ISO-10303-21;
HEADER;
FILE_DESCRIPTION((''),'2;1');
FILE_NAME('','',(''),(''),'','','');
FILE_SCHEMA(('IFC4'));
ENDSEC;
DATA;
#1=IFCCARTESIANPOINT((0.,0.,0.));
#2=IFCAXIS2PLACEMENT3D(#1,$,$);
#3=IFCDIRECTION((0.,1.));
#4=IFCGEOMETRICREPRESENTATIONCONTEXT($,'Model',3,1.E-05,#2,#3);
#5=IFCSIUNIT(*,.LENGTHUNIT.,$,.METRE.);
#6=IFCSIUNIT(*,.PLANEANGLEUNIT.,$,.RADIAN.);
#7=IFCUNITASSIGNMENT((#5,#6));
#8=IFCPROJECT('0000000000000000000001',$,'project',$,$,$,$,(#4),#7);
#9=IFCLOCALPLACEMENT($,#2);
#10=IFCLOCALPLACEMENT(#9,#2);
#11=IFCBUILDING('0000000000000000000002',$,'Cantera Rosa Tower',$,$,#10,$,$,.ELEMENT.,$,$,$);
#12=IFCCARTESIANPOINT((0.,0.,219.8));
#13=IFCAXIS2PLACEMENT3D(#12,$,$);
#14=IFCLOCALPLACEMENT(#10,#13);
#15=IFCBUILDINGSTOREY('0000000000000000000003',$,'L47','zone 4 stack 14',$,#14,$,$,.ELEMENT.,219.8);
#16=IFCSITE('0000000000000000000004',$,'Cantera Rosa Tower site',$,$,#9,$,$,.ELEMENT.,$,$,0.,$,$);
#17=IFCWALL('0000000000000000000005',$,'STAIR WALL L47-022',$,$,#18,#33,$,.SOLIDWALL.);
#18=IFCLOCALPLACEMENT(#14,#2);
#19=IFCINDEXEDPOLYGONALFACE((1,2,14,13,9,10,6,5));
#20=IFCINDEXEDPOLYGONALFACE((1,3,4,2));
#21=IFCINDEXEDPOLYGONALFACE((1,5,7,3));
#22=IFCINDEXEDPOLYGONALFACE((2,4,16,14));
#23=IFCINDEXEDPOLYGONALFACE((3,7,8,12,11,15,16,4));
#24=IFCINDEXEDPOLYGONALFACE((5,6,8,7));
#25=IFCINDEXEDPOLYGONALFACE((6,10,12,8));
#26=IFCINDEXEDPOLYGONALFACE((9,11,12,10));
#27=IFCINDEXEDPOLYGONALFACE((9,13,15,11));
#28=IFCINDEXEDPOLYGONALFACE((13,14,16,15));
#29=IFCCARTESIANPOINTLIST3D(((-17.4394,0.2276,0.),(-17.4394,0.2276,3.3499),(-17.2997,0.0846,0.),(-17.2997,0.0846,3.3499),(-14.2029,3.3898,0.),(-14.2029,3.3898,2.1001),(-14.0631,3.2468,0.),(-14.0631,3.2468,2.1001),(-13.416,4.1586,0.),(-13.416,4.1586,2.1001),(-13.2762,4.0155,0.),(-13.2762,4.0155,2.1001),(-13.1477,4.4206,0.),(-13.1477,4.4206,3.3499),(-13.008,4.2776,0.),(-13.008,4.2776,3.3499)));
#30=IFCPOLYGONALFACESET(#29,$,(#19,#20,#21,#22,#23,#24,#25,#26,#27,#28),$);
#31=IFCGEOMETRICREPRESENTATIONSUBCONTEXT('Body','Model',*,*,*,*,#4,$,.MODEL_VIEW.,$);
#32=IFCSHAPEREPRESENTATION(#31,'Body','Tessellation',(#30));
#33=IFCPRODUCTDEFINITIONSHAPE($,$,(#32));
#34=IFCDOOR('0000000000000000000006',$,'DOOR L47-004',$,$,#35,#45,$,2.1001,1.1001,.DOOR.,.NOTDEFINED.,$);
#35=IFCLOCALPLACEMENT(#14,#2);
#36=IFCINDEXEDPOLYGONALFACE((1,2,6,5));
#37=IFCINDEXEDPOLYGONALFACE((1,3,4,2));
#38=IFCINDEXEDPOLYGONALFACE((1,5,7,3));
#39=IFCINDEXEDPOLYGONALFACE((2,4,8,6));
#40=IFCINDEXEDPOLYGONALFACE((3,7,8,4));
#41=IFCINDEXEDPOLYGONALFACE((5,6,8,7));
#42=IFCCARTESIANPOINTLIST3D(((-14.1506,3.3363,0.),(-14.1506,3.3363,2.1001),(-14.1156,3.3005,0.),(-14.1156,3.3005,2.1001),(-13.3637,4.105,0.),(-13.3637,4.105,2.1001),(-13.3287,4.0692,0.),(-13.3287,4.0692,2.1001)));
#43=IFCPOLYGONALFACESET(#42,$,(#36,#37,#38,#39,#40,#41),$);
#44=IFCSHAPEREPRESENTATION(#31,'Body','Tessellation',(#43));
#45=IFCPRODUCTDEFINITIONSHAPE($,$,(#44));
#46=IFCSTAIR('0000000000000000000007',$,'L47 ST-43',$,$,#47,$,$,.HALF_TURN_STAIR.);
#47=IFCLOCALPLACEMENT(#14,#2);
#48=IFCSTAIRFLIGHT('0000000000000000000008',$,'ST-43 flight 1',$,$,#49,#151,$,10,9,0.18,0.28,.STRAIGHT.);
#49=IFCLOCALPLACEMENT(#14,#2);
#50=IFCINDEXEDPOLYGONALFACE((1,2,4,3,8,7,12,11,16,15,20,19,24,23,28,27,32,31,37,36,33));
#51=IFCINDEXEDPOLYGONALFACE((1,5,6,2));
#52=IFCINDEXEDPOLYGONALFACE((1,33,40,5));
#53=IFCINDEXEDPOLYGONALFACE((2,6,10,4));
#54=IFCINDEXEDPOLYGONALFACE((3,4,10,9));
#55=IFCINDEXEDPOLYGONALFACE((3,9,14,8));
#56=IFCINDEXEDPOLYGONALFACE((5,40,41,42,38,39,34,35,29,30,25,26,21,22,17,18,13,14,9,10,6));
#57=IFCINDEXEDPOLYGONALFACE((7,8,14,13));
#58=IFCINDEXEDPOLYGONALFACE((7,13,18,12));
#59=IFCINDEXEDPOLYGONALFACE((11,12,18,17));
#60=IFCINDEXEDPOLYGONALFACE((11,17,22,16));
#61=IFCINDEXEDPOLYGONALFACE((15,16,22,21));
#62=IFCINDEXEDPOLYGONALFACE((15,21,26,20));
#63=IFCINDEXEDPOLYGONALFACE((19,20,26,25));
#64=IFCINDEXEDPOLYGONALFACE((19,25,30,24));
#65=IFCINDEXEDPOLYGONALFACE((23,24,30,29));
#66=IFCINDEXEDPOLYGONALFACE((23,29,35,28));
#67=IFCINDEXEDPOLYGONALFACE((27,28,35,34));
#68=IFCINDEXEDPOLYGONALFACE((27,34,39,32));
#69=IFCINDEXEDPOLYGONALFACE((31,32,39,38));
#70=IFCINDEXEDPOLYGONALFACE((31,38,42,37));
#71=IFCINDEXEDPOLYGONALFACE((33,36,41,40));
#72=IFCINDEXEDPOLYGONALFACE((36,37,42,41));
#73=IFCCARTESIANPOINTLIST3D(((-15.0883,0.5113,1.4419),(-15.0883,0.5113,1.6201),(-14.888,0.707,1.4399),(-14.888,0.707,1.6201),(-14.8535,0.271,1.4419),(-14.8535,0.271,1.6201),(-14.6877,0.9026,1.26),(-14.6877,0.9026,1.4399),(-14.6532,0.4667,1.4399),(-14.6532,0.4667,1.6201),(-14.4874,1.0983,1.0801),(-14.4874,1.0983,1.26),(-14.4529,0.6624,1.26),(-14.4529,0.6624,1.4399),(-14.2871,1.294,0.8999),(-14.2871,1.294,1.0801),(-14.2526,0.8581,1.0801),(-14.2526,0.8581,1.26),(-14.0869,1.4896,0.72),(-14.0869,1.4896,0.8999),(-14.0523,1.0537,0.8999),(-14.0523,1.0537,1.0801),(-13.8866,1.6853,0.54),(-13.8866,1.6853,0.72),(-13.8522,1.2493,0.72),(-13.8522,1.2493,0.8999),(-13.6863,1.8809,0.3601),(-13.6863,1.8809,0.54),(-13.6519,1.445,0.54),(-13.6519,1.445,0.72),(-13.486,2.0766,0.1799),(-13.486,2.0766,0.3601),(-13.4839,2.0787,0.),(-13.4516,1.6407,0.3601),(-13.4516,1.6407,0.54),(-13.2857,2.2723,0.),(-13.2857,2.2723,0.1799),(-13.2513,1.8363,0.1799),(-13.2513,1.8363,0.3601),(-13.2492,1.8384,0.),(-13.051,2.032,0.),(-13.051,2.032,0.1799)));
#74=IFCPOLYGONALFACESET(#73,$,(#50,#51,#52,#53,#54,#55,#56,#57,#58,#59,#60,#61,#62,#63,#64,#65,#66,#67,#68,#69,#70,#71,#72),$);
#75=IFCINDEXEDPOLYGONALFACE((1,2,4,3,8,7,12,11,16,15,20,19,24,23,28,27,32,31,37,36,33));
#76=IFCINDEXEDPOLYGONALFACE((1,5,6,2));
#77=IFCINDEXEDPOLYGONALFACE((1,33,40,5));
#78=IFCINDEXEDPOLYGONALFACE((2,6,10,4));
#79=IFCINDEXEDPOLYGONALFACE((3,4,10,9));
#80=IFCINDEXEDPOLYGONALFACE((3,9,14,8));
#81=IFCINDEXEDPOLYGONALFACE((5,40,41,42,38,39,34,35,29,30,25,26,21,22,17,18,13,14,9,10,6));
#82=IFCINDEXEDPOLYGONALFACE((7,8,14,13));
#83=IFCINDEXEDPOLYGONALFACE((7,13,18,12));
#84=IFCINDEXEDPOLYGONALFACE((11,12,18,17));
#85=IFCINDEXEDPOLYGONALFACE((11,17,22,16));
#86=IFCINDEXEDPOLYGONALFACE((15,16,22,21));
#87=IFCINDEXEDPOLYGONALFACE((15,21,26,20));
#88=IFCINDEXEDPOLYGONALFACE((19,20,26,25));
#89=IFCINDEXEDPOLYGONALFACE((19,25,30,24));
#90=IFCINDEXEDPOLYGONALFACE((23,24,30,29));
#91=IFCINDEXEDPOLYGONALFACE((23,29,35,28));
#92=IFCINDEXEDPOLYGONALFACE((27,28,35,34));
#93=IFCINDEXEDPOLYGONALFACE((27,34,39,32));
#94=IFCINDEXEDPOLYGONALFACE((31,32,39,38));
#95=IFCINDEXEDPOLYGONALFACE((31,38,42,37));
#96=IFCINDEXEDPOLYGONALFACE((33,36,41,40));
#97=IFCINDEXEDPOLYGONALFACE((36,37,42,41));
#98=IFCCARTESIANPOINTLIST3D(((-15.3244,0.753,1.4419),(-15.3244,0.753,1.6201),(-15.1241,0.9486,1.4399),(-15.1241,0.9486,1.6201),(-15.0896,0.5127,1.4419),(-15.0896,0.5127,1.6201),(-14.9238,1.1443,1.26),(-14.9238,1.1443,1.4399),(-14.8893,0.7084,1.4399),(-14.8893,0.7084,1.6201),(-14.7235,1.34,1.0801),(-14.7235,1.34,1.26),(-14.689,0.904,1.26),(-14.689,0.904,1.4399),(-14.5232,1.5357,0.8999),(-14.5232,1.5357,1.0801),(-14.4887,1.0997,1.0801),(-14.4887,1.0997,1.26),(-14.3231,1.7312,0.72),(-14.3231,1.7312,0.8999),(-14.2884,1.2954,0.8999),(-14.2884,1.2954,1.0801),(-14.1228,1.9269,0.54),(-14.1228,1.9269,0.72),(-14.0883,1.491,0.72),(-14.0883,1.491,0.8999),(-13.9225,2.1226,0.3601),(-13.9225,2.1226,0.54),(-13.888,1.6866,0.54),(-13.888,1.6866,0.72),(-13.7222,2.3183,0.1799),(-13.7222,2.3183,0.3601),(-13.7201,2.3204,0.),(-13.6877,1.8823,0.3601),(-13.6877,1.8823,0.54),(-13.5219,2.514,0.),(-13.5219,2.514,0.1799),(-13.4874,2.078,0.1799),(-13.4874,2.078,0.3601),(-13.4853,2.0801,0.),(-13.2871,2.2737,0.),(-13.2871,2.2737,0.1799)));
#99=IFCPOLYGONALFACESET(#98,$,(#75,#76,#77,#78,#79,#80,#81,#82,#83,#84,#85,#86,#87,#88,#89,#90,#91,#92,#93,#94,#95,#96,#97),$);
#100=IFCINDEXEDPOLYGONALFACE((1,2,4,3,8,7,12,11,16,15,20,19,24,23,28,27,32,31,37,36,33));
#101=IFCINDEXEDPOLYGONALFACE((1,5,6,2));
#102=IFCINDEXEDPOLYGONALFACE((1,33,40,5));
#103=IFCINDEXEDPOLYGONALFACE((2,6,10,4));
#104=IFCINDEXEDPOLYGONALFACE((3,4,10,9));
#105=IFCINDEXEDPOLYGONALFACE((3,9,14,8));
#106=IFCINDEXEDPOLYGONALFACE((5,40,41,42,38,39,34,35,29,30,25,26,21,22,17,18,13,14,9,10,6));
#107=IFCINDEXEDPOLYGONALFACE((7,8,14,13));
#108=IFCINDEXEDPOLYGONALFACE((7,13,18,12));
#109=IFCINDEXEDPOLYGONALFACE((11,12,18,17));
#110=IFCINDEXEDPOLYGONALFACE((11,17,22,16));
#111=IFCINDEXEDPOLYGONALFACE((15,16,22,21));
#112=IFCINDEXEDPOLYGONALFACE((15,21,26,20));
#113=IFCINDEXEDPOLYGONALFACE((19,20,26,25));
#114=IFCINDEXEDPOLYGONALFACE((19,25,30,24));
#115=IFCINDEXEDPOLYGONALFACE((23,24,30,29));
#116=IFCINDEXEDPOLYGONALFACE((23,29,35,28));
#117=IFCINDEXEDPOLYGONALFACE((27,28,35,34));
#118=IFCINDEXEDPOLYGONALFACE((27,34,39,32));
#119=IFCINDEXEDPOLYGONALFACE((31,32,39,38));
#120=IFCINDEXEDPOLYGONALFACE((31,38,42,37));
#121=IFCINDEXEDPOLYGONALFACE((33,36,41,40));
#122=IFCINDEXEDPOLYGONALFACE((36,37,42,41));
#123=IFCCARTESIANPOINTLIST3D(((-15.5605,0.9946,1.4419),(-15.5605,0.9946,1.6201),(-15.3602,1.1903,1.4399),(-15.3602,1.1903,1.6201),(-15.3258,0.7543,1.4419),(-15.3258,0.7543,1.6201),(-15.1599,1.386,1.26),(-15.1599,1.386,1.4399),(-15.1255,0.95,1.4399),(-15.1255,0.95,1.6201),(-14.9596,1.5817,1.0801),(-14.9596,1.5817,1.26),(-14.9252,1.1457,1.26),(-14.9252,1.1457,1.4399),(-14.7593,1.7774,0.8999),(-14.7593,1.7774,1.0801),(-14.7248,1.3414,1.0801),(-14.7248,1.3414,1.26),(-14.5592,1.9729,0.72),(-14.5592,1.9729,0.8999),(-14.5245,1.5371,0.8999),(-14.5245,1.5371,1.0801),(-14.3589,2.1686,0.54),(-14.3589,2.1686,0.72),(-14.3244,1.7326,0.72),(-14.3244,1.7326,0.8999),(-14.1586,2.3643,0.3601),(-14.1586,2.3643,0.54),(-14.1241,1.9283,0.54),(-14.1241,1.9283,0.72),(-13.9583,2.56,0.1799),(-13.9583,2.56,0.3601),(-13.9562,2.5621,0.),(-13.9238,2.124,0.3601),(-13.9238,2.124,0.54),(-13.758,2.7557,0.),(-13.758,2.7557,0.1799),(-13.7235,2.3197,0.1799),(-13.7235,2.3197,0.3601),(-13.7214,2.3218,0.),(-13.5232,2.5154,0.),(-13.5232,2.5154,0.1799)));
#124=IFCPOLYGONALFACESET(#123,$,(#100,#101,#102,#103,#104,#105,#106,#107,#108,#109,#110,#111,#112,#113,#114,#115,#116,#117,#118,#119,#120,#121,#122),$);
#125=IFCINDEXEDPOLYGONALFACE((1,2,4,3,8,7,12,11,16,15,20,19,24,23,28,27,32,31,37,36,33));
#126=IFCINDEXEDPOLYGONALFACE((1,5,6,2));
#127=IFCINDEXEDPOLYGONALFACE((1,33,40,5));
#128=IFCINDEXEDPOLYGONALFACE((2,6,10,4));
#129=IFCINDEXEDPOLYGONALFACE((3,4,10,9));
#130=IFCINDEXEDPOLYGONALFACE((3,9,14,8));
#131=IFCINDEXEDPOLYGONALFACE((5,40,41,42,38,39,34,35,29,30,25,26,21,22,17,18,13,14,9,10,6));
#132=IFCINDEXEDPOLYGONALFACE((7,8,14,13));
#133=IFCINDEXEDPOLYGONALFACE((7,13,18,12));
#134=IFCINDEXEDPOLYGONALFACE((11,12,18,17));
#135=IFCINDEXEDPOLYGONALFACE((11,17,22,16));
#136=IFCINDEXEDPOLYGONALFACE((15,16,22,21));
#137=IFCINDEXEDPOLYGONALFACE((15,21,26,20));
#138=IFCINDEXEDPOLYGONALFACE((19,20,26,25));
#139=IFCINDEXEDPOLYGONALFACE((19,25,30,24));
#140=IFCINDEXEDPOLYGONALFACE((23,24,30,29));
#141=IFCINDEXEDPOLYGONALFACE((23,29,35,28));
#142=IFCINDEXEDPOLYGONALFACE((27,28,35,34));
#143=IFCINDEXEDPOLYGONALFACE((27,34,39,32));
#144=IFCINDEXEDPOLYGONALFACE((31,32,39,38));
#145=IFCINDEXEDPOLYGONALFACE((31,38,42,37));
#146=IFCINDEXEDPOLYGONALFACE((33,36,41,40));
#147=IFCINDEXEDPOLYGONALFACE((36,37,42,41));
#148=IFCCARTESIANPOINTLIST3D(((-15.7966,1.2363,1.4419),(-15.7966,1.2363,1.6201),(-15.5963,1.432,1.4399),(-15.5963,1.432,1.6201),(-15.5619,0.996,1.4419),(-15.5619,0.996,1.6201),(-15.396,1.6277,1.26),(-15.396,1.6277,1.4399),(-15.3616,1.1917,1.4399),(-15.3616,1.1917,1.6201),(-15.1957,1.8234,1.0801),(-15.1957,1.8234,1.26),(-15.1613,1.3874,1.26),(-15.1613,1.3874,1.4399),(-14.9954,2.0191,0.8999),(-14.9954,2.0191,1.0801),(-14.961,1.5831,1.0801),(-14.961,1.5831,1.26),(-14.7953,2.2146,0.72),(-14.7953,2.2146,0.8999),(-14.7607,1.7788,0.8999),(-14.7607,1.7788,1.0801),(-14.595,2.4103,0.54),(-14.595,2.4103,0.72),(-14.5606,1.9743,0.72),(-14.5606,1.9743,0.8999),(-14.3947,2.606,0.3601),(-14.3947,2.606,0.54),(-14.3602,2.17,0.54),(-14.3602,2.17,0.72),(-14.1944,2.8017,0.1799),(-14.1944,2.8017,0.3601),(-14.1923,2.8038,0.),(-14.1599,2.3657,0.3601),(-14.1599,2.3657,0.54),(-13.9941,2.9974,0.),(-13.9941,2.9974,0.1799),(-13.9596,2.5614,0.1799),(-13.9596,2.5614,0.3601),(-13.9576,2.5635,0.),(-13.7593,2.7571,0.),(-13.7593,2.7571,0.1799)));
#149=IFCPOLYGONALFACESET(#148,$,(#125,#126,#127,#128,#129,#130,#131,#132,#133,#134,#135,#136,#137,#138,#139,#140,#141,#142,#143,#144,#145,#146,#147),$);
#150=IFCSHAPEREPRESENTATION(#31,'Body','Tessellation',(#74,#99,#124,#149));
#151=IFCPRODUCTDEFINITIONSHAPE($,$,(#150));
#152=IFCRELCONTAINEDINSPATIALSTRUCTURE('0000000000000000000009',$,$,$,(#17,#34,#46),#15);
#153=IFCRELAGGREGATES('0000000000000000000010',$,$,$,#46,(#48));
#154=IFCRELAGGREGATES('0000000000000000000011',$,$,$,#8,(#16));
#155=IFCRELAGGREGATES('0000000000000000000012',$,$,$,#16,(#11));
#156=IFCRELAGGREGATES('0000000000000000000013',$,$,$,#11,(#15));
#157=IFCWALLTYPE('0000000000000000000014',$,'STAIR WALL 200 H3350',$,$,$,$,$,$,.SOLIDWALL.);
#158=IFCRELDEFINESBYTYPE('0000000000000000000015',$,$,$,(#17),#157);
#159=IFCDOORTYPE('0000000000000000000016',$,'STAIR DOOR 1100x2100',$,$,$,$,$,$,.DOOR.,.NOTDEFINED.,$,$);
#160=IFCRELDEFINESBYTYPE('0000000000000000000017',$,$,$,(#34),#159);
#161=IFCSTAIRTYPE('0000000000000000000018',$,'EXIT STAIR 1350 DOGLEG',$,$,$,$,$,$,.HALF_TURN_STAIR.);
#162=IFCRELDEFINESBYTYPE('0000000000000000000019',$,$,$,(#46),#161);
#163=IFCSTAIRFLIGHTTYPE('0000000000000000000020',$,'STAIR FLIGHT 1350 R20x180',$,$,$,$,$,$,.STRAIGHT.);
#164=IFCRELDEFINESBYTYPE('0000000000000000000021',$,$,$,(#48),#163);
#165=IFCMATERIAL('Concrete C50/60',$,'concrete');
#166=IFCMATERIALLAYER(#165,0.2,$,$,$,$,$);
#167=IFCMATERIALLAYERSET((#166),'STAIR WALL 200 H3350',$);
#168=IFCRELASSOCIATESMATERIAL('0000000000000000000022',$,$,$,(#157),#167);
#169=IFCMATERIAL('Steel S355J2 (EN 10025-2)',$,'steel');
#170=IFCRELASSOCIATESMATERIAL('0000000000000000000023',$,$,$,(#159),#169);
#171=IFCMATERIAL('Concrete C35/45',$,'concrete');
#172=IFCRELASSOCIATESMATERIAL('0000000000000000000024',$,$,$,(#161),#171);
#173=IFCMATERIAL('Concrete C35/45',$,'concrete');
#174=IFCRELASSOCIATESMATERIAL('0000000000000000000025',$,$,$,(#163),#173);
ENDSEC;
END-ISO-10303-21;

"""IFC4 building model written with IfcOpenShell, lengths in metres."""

from ifc_helpers import new_model, si_unit, direction, frame, frame_2d, origin, place, context, subcontext, project, spatial, polyline, rectangle, outline, extrude, material, layer, layer_set, type_object, element, fill, aggregate, save


model = new_model("IFC4")

# Units and contexts
model_context = context("Model", 3, precision=1e-05, world=origin(), true_north=direction((0.0, 1.0)))
body_context = subcontext(model_context, "Body", "Model", "MODEL_VIEW")
ifc_project = project(units=[si_unit("LENGTHUNIT", "METRE"), si_unit("PLANEANGLEUNIT", "RADIAN")], contexts=[model_context])

# Site, building, storey
site_placement = place(None, origin())
site = spatial("IfcSite", under=ifc_project, at=site_placement, Name="Cantera Rosa Tower site", CompositionType="ELEMENT", RefElevation=0.0)
building_placement = place(site_placement, origin())
building = spatial("IfcBuilding", under=site, at=building_placement, Name="Cantera Rosa Tower", CompositionType="ELEMENT")
storey_placement = place(building_placement, frame((0.0, 0.0, 219.8)))
storey = spatial("IfcBuildingStorey", under=building, at=storey_placement, Name="L47", Description="zone 4 stack 14", CompositionType="ELEMENT", Elevation=219.8)

# Wall, opening, door
ifc_material_1 = material(Name="Concrete C50/60", Category="concrete")
ifc_layer_1 = layer(ifc_material_1, 0.2)
ifc_layer_set_1 = layer_set([ifc_layer_1], Name="STAIR WALL 200 H3350")
wall_type_1 = type_object("IfcWallType", Name="STAIR WALL 200 H3350", PredefinedType="SOLIDWALL", material=ifc_layer_set_1)
wall_1_placement = place(storey_placement, frame((-13.0779, 4.3491, 0.0), z_axis=(0.0, 0.0, 1.0), x_axis=(-0.715278, -0.69884, 0.0)))
wall_1 = element("IfcWall", 1, at=wall_1_placement, inside=storey, type_object=wall_type_1, Name="STAIR WALL L47-022", PredefinedType="SOLIDWALL", context=body_context, shape_type="SweptSolid", body=[
    extrude(rectangle(XDim=6.0, YDim=0.2, at=frame_2d((3.0, 0.0))), origin(), (0.0, 0.0, 1.0), 3.3499),
])
opening_1_placement = place(wall_1_placement, frame((0.375, 0.0, 0.0)))
opening_1 = element("IfcOpeningElement", 2, at=opening_1_placement, cuts=wall_1, PredefinedType="OPENING", context=body_context, shape_type="SweptSolid", body=[
    extrude(rectangle(XDim=1.1001, YDim=2.1001, at=frame_2d((0.55, 1.05))), frame((0.0, 0.1099, 0.0), z_axis=(0.0, -1.0, 0.0), x_axis=(1.0, 0.0, 0.0)), (0.0, 0.0, 1.0), 0.22),
])
ifc_material_2 = material(Name="Steel S355J2 (EN 10025-2)", Category="steel")
door_type_1 = type_object("IfcDoorType", Name="STAIR DOOR 1100x2100", OperationType="NOTDEFINED", PredefinedType="DOOR", material=ifc_material_2)
door_1_placement = place(opening_1_placement, origin())
door_1 = element("IfcDoor", 3, at=door_1_placement, inside=storey, type_object=door_type_1, Name="DOOR L47-004", OperationType="NOTDEFINED", OverallHeight=2.1001, OverallWidth=1.1001, PredefinedType="DOOR", context=body_context, shape_type="SweptSolid", body=[
    extrude(rectangle(XDim=1.1001, YDim=2.1001, at=frame_2d((0.55, 1.05))), frame((0.0, 0.0249, 0.0), z_axis=(0.0, -1.0, 0.0), x_axis=(1.0, 0.0, 0.0)), (0.0, 0.0, 1.0), 0.05),
])
fill(opening_1, door_1)

# Stair, stair flight
ifc_material_3 = material(Name="Concrete C35/45", Category="concrete")
stair_type = type_object("IfcStairType", Name="EXIT STAIR 1350 DOGLEG", PredefinedType="HALF_TURN_STAIR", material=ifc_material_3)
stair_placement = place(storey_placement, origin())
stair = element("IfcStair", 4, at=stair_placement, inside=storey, type_object=stair_type, Name="L47 ST-43", PredefinedType="HALF_TURN_STAIR")
ifc_material_4 = material(Name="Concrete C35/45", Category="concrete")
stair_flight_type = type_object("IfcStairFlightType", Name="STAIR FLIGHT 1350 R20x180", PredefinedType="STRAIGHT", material=ifc_material_4)
stair_flight_placement = place(storey_placement, frame((-13.5227, 2.5149, 0.0), z_axis=(0.0, 0.0, 1.0), x_axis=(-0.715286, -0.698832, 0.0)))
stair_flight = element("IfcStairFlight", 5, at=stair_flight_placement, type_object=stair_flight_type, Name="ST-43 flight 1", NumberOfRisers=10, NumberOfTreads=9, PredefinedType="STRAIGHT", RiserHeight=0.18, TreadLength=0.28, context=body_context, shape_type="SweptSolid", body=[
    extrude(outline(polyline([(0.0, 0.0), (0.0, 0.1799), (0.28, 0.1799), (0.28, 0.3601), (0.5601, 0.3601), (0.5601, 0.54), (0.8401, 0.54), (0.8401, 0.72), (1.1201, 0.72), (1.1201, 0.8999), (1.3999, 0.8999), (1.3999, 1.0801), (1.6799, 1.0801), (1.6799, 1.26), (1.96, 1.26), (1.96, 1.4399), (2.24, 1.4399), (2.24, 1.6201), (2.52, 1.6201), (2.52, 1.8), (2.52, 1.4419), (0.2771, 0.0), (0.0, 0.0)])), frame((0.0, 0.675, 0.0), z_axis=(0.0, -1.0, 0.0), x_axis=(1.0, 0.0, 0.0)), (0.0, 0.0, 1.0), 0.3359),
    extrude(outline(polyline([(0.0, 0.0), (0.0, 0.1799), (0.28, 0.1799), (0.28, 0.3601), (0.5601, 0.3601), (0.5601, 0.54), (0.8401, 0.54), (0.8401, 0.72), (1.1201, 0.72), (1.1201, 0.8999), (1.3999, 0.8999), (1.3999, 1.0801), (1.6799, 1.0801), (1.6799, 1.26), (1.96, 1.26), (1.96, 1.4399), (2.24, 1.4399), (2.24, 1.6201), (2.52, 1.6201), (2.52, 1.8), (2.52, 1.4419), (0.2771, 0.0), (0.0, 0.0)])), frame((0.0, 0.3372, 0.0), z_axis=(0.0, -1.0, 0.0), x_axis=(1.0, 0.0, 0.0)), (0.0, 0.0, 1.0), 0.3359),
    extrude(outline(polyline([(0.0, 0.0), (0.0, 0.1799), (0.28, 0.1799), (0.28, 0.3601), (0.5601, 0.3601), (0.5601, 0.54), (0.8401, 0.54), (0.8401, 0.72), (1.1201, 0.72), (1.1201, 0.8999), (1.3999, 0.8999), (1.3999, 1.0801), (1.6799, 1.0801), (1.6799, 1.26), (1.96, 1.26), (1.96, 1.4399), (2.24, 1.4399), (2.24, 1.6201), (2.52, 1.6201), (2.52, 1.8), (2.52, 1.4419), (0.2771, 0.0), (0.0, 0.0)])), frame((0.0, -0.0007, 0.0), z_axis=(0.0, -1.0, 0.0), x_axis=(1.0, 0.0, 0.0)), (0.0, 0.0, 1.0), 0.3359),
    extrude(outline(polyline([(0.0, 0.0), (0.0, 0.1799), (0.28, 0.1799), (0.28, 0.3601), (0.5601, 0.3601), (0.5601, 0.54), (0.8401, 0.54), (0.8401, 0.72), (1.1201, 0.72), (1.1201, 0.8999), (1.3999, 0.8999), (1.3999, 1.0801), (1.6799, 1.0801), (1.6799, 1.26), (1.96, 1.26), (1.96, 1.4399), (2.24, 1.4399), (2.24, 1.6201), (2.52, 1.6201), (2.52, 1.8), (2.52, 1.4419), (0.2771, 0.0), (0.0, 0.0)])), frame((0.0, -0.3386, 0.0), z_axis=(0.0, -1.0, 0.0), x_axis=(1.0, 0.0, 0.0)), (0.0, 0.0, 1.0), 0.3359),
])
aggregate(stair, [stair_flight])

save(model, "model.ifc")
